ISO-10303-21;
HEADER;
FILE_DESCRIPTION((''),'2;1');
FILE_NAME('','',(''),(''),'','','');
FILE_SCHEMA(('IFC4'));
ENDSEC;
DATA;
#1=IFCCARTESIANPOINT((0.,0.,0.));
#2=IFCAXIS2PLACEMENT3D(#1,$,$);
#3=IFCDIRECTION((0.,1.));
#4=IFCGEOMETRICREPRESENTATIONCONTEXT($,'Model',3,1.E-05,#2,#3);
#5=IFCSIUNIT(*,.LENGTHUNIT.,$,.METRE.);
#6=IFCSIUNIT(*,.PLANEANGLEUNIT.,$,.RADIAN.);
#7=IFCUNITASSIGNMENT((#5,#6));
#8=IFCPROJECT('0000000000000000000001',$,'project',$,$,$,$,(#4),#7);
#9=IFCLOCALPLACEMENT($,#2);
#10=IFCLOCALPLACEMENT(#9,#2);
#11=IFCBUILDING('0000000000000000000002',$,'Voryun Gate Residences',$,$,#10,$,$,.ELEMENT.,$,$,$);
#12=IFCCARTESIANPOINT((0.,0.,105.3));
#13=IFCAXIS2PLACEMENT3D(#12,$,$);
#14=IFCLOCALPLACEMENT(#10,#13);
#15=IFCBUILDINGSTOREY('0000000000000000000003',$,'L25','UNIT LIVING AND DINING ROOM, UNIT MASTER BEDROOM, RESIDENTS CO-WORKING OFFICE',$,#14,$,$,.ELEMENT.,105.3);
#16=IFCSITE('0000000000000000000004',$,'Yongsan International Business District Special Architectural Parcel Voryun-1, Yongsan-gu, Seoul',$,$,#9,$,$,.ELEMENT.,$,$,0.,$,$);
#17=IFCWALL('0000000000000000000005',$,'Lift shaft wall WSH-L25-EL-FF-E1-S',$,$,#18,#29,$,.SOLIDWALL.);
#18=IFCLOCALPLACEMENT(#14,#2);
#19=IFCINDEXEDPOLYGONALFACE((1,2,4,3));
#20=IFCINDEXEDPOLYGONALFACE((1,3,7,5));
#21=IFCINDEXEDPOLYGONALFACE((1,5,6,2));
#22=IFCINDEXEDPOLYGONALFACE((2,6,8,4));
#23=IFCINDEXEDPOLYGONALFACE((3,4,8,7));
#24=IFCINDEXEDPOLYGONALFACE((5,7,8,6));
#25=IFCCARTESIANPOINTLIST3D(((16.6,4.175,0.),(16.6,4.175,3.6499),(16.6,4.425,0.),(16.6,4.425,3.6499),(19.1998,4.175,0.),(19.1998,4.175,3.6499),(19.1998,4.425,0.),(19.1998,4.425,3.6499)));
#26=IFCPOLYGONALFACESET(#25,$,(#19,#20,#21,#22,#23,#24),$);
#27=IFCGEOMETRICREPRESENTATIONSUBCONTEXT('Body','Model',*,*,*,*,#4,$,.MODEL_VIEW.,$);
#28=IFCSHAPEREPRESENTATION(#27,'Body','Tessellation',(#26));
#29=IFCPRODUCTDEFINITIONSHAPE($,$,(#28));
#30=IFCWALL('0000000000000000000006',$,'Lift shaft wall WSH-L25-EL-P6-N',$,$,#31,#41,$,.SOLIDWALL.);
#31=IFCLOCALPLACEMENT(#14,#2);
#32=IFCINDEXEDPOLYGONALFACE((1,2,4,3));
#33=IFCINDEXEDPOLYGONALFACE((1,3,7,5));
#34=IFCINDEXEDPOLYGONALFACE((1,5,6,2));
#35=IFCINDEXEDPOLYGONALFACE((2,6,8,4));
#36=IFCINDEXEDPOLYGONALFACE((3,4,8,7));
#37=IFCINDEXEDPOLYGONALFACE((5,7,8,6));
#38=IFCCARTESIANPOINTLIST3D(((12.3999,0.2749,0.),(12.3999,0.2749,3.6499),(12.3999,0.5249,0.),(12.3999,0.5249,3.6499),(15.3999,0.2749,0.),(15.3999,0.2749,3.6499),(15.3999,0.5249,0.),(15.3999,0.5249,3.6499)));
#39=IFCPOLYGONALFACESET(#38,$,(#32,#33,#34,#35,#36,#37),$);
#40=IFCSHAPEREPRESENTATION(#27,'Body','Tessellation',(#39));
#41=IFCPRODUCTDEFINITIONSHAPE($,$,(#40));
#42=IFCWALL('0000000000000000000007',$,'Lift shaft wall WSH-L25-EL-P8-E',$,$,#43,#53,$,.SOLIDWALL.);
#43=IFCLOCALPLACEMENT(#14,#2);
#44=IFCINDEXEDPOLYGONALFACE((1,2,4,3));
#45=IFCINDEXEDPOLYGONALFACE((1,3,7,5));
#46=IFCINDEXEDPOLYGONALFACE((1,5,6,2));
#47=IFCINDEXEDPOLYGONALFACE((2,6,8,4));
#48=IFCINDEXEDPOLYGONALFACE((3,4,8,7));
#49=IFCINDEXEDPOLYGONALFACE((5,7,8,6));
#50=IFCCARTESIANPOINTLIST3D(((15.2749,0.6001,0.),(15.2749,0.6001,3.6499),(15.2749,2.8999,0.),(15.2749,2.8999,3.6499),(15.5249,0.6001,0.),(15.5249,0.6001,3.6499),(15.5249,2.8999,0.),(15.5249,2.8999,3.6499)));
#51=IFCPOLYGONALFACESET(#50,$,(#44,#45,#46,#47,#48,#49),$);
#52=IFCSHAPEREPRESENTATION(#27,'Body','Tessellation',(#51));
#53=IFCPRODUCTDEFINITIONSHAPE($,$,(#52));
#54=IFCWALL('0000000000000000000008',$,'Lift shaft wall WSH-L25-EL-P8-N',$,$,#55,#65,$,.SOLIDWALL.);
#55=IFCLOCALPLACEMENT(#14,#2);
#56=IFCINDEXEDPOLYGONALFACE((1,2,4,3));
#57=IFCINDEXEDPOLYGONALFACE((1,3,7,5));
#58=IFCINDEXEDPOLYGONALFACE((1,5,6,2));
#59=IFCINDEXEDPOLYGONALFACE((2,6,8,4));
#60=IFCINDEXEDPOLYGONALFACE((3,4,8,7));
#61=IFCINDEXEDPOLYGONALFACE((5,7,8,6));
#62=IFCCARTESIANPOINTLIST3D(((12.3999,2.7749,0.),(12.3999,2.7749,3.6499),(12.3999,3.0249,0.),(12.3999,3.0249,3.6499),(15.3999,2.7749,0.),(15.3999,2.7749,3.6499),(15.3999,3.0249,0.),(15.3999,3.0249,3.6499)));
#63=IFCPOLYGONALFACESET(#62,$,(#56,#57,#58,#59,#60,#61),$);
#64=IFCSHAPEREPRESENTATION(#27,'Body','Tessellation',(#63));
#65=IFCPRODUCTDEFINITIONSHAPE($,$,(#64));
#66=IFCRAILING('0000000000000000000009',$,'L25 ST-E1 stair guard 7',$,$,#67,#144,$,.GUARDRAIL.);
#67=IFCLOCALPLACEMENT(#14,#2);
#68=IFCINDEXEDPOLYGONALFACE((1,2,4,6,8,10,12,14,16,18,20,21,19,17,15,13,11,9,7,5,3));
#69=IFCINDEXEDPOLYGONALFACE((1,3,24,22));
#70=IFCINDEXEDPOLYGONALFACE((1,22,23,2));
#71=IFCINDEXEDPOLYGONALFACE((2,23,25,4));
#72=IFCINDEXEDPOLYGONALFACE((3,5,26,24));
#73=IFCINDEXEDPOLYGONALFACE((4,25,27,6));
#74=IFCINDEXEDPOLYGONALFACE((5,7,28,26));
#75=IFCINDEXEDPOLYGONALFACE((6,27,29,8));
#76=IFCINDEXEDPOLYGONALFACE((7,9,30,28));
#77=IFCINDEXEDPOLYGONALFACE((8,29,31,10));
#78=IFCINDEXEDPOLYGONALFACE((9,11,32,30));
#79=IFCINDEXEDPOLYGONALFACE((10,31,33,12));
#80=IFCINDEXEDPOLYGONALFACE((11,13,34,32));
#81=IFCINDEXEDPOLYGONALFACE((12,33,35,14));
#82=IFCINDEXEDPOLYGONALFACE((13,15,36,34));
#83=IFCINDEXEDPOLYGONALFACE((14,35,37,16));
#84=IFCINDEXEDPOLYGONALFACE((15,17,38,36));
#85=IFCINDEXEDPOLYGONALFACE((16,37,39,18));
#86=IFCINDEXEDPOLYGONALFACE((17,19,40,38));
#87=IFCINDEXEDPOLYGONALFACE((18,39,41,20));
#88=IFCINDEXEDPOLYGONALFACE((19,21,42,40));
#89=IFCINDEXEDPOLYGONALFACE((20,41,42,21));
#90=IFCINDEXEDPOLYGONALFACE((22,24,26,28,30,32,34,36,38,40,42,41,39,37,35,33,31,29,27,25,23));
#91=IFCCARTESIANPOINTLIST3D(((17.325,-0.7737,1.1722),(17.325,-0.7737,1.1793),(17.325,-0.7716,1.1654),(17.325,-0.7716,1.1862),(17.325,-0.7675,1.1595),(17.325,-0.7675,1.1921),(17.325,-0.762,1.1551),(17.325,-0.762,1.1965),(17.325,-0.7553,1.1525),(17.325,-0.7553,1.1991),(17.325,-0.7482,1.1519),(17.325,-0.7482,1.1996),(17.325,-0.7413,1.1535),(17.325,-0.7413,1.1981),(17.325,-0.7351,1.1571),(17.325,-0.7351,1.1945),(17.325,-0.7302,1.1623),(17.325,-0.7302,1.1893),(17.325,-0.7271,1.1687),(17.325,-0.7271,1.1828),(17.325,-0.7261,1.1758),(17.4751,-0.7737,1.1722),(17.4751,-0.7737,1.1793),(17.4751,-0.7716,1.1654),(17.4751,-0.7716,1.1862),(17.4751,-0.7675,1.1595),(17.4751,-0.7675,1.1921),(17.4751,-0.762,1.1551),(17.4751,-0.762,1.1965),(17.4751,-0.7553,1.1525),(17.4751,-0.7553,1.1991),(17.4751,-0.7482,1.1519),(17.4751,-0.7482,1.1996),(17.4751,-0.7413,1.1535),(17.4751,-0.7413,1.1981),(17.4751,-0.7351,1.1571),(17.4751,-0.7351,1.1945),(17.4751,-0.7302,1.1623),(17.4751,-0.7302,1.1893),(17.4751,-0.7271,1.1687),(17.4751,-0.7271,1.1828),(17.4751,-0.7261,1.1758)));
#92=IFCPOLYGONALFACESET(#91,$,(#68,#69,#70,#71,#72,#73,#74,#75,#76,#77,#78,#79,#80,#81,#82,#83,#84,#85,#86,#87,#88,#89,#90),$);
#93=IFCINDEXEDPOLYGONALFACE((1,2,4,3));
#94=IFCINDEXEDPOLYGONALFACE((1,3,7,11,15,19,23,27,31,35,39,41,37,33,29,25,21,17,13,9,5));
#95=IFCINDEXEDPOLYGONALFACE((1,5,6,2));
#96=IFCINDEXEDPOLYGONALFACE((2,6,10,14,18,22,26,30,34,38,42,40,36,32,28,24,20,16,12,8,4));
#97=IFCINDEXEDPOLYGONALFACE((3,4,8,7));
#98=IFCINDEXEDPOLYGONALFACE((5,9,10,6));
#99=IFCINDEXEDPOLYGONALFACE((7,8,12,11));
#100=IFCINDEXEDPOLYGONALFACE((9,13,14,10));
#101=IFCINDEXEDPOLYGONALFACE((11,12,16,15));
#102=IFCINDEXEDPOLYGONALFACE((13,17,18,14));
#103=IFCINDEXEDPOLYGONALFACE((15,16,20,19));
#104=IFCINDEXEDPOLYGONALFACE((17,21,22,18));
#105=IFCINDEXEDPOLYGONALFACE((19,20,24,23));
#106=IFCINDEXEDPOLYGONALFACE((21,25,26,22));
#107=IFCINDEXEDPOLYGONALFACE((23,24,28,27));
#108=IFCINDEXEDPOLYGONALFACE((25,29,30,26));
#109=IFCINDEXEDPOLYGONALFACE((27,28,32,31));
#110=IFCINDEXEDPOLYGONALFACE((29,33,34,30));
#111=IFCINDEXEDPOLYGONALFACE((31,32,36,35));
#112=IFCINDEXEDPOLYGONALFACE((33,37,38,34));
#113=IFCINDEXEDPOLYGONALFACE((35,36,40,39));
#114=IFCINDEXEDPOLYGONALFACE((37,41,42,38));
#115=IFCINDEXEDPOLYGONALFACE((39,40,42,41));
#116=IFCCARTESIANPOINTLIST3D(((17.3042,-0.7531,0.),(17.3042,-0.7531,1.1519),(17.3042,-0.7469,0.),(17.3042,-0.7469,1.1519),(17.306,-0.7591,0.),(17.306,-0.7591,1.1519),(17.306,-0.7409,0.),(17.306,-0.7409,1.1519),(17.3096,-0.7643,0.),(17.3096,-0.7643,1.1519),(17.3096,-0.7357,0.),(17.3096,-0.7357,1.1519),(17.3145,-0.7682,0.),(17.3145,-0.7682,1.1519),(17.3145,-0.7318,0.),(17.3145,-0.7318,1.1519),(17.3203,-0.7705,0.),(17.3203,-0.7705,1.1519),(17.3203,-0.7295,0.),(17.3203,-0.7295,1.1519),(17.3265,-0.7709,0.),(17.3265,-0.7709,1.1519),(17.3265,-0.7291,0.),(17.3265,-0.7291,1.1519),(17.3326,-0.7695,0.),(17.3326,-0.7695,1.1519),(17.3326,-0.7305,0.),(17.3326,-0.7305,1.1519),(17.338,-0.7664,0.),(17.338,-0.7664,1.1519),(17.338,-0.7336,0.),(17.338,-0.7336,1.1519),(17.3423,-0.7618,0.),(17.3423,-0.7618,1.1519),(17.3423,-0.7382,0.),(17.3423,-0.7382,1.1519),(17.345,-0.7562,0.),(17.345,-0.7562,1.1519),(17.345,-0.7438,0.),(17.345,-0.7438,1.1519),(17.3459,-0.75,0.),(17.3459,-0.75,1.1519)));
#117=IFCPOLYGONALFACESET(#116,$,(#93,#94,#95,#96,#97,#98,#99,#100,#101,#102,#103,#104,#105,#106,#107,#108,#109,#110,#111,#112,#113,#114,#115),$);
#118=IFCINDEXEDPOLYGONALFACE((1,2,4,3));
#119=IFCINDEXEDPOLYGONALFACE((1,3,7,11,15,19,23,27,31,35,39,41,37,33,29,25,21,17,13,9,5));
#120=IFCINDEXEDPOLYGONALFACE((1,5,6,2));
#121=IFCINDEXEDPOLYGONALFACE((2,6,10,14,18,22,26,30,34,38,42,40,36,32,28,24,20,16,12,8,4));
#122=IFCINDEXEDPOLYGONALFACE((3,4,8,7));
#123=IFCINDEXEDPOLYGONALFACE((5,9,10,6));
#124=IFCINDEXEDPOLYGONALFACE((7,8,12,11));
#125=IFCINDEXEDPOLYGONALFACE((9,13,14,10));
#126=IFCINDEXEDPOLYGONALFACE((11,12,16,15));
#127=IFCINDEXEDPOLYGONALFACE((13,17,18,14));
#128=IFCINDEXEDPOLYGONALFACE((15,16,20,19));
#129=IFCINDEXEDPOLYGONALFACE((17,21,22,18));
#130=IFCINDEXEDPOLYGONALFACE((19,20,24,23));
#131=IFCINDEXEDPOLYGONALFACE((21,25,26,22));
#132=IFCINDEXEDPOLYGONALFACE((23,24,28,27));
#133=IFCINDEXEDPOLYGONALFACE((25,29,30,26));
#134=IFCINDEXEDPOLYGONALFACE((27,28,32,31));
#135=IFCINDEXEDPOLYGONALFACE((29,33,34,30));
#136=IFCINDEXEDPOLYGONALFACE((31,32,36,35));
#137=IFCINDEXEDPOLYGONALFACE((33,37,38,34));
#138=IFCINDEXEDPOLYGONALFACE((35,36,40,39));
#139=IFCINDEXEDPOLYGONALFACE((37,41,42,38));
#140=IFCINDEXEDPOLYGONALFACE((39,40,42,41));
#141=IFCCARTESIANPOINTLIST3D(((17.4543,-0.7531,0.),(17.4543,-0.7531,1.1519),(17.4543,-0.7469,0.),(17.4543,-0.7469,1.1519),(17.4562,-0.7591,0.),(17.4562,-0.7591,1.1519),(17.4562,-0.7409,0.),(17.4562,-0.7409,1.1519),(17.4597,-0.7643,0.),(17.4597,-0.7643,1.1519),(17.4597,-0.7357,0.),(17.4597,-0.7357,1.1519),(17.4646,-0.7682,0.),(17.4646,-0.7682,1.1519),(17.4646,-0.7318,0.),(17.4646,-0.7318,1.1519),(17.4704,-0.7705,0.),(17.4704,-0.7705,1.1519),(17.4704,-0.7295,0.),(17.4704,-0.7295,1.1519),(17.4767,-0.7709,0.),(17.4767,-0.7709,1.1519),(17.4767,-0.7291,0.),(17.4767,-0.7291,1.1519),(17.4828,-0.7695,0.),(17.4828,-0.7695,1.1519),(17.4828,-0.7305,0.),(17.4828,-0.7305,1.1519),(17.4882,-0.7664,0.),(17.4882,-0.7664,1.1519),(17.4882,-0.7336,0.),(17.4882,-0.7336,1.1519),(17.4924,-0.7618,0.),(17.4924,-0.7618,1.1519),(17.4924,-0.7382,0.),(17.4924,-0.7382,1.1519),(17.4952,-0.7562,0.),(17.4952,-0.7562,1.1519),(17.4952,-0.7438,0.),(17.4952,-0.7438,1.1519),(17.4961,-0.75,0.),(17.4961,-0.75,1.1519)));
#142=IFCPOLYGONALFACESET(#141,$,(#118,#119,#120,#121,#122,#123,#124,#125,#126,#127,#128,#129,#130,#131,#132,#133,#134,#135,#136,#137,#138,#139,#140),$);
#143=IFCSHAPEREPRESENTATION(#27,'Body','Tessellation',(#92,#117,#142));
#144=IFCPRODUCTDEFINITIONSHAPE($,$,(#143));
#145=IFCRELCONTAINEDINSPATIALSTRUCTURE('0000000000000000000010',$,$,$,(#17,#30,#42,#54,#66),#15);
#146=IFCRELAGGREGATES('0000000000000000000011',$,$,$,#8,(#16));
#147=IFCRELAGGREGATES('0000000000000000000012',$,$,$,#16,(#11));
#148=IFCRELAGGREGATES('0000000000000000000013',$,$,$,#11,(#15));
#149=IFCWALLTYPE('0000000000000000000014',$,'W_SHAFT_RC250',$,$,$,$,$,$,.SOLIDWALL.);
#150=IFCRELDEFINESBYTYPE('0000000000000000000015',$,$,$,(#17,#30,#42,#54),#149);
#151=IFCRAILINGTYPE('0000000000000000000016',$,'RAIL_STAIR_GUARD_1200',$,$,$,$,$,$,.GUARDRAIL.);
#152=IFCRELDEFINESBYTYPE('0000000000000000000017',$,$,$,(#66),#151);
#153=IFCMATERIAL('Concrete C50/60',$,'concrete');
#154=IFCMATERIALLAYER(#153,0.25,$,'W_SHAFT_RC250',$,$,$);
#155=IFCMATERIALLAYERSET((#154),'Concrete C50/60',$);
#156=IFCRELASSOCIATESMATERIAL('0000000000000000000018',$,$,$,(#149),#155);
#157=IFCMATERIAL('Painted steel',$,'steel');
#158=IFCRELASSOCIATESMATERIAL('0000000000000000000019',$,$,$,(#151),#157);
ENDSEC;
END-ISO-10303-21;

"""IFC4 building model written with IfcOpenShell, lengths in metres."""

from ifc_helpers import new_model, si_unit, direction, frame, frame_2d, origin, origin_2d, place, context, subcontext, project, spatial, rectangle, circle, extrude, material, layer, layer_set, type_object, element, save


model = new_model("IFC4")

# Units and contexts
model_context = context("Model", 3, precision=1e-05, world=origin(), true_north=direction((0.0, 1.0)))
body_context = subcontext(model_context, "Body", "Model", "MODEL_VIEW")
ifc_project = project(units=[si_unit("LENGTHUNIT", "METRE"), si_unit("PLANEANGLEUNIT", "RADIAN")], contexts=[model_context])

# Site, building, storey
site_placement = place(None, origin())
site = spatial("IfcSite", under=ifc_project, at=site_placement, Name="Yongsan International Business District Special Architectural Parcel Voryun-1, Yongsan-gu, Seoul", CompositionType="ELEMENT", RefElevation=0.0)
building_placement = place(site_placement, origin())
building = spatial("IfcBuilding", under=site, at=building_placement, Name="Voryun Gate Residences", CompositionType="ELEMENT")
storey_placement = place(building_placement, frame((0.0, 0.0, 105.3)))
storey = spatial("IfcBuildingStorey", under=building, at=storey_placement, Name="L25", Description="UNIT LIVING AND DINING ROOM, UNIT MASTER BEDROOM, RESIDENTS CO-WORKING OFFICE", CompositionType="ELEMENT", Elevation=105.3)

# Walls
ifc_material_1 = material(Name="Concrete C50/60", Category="concrete")
ifc_layer_1 = layer(ifc_material_1, 0.25, Name="W_SHAFT_RC250")
ifc_layer_set_1 = layer_set([ifc_layer_1], Name="Concrete C50/60")
wall_type_1 = type_object("IfcWallType", Name="W_SHAFT_RC250", PredefinedType="SOLIDWALL", material=ifc_layer_set_1)
wall_1_placement = place(storey_placement, frame((16.6001, 4.3, 0.0), z_axis=(0.0, 0.0, 1.0), x_axis=(1.0, 0.0, 0.0)))
element("IfcWall", 1, at=wall_1_placement, inside=storey, type_object=wall_type_1, Name="Lift shaft wall WSH-L25-EL-FF-E1-S", PredefinedType="SOLIDWALL", context=body_context, shape_type="SweptSolid", body=[
    extrude(rectangle(XDim=2.5999, YDim=0.25, at=frame_2d((1.2998, 0.0))), origin(), (0.0, 0.0, 1.0), 3.6499),
])
wall_2_placement = place(storey_placement, frame((15.3999, 0.3999, 0.0), z_axis=(0.0, 0.0, 1.0), x_axis=(-1.0, 0.0, 0.0)))
element("IfcWall", 2, at=wall_2_placement, inside=storey, type_object=wall_type_1, Name="Lift shaft wall WSH-L25-EL-P6-N", PredefinedType="SOLIDWALL", context=body_context, shape_type="SweptSolid", body=[
    extrude(rectangle(XDim=3.0, YDim=0.25, at=frame_2d((1.5, 0.0))), origin(), (0.0, 0.0, 1.0), 3.6499),
])
wall_3_placement = place(storey_placement, frame((15.3999, 0.6001, 0.0), z_axis=(0.0, 0.0, 1.0), x_axis=(0.0, 1.0, 0.0)))
element("IfcWall", 3, at=wall_3_placement, inside=storey, type_object=wall_type_1, Name="Lift shaft wall WSH-L25-EL-P8-E", PredefinedType="SOLIDWALL", context=body_context, shape_type="SweptSolid", body=[
    extrude(rectangle(XDim=2.2998, YDim=0.25, at=frame_2d((1.1499, 0.0))), origin(), (0.0, 0.0, 1.0), 3.6499),
])
wall_4_placement = place(storey_placement, frame((15.3999, 2.8999, 0.0), z_axis=(0.0, 0.0, 1.0), x_axis=(-1.0, 0.0, 0.0)))
element("IfcWall", 4, at=wall_4_placement, inside=storey, type_object=wall_type_1, Name="Lift shaft wall WSH-L25-EL-P8-N", PredefinedType="SOLIDWALL", context=body_context, shape_type="SweptSolid", body=[
    extrude(rectangle(XDim=3.0, YDim=0.25, at=frame_2d((1.5, 0.0))), origin(), (0.0, 0.0, 1.0), 3.6499),
])

# Railing
ifc_material_2 = material(Name="Painted steel", Category="steel")
railing_type = type_object("IfcRailingType", Name="RAIL_STAIR_GUARD_1200", PredefinedType="GUARDRAIL", material=ifc_material_2)
railing_1_placement = place(storey_placement, frame((17.325, -0.75, 0.0)))
element("IfcRailing", 5, at=railing_1_placement, inside=storey, type_object=railing_type, Name="L25 ST-E1 stair guard 7", PredefinedType="GUARDRAIL", context=body_context, shape_type="SweptSolid", body=[
    extrude(circle(Radius=0.0239, at=origin_2d()), frame((0.0, 0.0, 1.1758), z_axis=(1.0, 0.0, 0.0), x_axis=(0.0, 1.0, 0.0)), (0.0, 0.0, 1.0), 0.1501),
    extrude(circle(Radius=0.021, at=origin_2d()), origin(), (0.0, 0.0, 1.0), 1.1519),
    extrude(circle(Radius=0.021, at=origin_2d()), frame((0.1501, 0.0, 0.0)), (0.0, 0.0, 1.0), 1.1519),
])

save(model, "model.ifc")
